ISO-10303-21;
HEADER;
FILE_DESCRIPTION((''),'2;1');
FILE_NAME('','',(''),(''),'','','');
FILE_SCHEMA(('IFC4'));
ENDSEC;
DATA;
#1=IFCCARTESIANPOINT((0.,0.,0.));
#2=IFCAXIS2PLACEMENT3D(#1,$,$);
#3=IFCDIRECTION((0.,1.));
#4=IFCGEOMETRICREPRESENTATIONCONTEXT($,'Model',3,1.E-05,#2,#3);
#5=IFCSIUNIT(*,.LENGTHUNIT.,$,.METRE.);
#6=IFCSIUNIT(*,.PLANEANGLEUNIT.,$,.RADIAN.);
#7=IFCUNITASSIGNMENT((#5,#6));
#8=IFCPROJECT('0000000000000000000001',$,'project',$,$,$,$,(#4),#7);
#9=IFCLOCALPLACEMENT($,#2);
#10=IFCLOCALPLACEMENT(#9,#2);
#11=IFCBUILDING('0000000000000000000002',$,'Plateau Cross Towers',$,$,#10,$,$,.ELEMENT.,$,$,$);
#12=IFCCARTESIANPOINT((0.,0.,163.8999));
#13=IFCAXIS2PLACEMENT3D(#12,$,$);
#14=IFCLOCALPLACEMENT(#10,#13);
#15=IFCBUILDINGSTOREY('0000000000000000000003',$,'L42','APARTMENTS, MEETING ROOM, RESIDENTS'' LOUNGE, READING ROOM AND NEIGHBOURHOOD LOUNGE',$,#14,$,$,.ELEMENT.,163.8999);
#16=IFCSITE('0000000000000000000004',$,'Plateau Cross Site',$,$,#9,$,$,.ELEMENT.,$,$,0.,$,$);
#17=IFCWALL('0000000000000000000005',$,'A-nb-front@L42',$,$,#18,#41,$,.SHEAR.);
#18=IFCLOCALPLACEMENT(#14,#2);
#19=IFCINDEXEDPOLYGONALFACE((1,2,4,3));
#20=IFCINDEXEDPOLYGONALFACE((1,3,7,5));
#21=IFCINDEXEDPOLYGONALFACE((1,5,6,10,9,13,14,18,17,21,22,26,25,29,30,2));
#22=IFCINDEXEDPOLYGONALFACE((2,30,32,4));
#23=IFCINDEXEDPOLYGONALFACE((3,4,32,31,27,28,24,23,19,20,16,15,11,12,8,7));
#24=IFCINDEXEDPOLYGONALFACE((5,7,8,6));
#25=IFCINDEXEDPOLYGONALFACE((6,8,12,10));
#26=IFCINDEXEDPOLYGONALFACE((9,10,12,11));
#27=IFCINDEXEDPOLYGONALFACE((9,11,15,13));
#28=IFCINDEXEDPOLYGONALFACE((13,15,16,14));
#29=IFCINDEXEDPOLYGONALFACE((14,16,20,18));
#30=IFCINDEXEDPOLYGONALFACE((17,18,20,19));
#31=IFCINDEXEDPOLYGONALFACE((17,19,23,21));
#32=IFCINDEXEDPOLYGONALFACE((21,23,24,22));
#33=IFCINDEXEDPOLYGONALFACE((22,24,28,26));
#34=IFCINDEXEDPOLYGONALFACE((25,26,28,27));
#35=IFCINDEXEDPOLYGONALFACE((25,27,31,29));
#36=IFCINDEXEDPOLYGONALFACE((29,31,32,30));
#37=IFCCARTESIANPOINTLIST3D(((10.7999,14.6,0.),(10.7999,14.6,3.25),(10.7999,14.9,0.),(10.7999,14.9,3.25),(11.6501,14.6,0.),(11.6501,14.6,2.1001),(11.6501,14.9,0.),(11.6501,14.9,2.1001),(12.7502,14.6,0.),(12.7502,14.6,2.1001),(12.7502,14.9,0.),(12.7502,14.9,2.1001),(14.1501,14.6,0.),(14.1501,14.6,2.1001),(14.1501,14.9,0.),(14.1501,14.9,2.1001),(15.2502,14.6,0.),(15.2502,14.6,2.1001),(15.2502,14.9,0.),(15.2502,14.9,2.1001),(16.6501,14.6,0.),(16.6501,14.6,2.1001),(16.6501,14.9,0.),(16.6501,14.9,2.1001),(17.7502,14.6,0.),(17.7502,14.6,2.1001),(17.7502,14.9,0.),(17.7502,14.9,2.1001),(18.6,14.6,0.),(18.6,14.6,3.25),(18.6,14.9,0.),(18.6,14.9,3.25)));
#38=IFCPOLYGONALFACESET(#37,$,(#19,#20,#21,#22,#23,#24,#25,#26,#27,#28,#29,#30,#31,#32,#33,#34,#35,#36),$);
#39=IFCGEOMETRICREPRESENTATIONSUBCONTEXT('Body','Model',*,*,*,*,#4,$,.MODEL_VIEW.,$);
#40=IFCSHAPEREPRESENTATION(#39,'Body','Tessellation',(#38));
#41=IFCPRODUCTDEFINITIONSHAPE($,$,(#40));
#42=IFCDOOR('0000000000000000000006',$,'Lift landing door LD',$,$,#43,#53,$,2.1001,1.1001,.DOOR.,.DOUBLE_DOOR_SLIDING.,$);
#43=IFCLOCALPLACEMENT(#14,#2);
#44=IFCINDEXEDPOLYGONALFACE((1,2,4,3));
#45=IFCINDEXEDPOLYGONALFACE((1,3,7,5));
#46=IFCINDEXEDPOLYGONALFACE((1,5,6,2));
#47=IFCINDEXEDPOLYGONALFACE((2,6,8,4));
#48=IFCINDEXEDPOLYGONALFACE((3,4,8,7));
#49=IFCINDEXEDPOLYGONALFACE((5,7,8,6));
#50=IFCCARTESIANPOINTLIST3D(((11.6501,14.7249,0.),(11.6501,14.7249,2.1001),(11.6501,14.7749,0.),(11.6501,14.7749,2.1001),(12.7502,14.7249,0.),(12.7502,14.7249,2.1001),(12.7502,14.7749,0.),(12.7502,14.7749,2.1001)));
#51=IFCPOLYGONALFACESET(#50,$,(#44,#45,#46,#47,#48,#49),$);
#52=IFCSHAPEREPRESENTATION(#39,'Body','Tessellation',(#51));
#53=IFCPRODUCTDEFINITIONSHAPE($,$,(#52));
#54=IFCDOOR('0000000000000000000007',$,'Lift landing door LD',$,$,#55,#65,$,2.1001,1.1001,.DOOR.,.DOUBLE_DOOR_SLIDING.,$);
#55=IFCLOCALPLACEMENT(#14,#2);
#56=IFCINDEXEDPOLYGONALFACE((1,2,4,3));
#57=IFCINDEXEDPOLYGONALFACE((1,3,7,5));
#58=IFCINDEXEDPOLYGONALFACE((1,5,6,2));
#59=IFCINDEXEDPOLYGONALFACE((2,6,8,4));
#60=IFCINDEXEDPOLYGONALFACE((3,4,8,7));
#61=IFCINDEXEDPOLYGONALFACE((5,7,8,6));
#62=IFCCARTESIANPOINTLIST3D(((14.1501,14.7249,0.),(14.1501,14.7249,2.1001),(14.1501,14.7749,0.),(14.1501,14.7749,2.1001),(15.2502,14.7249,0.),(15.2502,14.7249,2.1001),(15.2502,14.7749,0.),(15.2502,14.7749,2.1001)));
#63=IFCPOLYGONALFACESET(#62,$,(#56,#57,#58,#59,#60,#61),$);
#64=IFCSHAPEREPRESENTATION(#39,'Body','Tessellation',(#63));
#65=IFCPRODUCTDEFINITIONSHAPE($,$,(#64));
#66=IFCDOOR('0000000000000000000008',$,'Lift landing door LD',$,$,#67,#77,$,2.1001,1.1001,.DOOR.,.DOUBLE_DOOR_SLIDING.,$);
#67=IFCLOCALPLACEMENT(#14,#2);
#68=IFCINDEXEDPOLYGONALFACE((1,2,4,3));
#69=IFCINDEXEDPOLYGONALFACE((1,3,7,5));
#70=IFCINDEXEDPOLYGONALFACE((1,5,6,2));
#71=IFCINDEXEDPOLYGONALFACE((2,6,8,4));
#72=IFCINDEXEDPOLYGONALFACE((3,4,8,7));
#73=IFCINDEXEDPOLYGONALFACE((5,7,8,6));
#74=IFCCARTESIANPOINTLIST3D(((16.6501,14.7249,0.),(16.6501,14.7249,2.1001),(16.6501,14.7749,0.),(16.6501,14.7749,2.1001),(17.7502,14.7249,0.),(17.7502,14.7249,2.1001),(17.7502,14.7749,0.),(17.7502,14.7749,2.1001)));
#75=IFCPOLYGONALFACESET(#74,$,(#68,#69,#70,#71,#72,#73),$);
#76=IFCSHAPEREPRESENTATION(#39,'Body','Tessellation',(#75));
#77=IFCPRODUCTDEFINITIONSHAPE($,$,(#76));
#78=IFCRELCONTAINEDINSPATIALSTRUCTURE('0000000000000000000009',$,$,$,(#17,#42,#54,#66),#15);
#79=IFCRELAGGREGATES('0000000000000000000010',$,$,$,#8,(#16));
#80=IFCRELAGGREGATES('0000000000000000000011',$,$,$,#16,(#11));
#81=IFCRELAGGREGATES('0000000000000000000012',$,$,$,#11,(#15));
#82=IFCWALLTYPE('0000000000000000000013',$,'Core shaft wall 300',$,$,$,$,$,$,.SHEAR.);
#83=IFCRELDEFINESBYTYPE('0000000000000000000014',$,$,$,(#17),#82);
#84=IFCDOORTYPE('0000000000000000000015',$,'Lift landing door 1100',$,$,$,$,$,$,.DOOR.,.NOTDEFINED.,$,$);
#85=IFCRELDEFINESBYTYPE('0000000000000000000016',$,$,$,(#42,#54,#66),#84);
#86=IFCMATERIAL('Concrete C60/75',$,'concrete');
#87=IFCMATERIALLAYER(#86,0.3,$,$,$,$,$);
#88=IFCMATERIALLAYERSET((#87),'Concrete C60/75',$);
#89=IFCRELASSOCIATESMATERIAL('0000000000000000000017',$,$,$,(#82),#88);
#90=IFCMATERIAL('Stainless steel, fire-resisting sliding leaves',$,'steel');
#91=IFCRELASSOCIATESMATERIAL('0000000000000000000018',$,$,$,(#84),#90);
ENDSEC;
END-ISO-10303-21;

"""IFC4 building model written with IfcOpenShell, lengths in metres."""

from ifc_helpers import new_model, si_unit, direction, frame, frame_2d, origin, place, context, subcontext, project, spatial, rectangle, extrude, material, layer, layer_set, type_object, element, fill, save


model = new_model("IFC4")

# Units and contexts
model_context = context("Model", 3, precision=1e-05, world=origin(), true_north=direction((0.0, 1.0)))
body_context = subcontext(model_context, "Body", "Model", "MODEL_VIEW")
ifc_project = project(units=[si_unit("LENGTHUNIT", "METRE"), si_unit("PLANEANGLEUNIT", "RADIAN")], contexts=[model_context])

# Site, building, storey
site_placement = place(None, origin())
site = spatial("IfcSite", under=ifc_project, at=site_placement, Name="Plateau Cross Site", CompositionType="ELEMENT", RefElevation=0.0)
building_placement = place(site_placement, origin())
building = spatial("IfcBuilding", under=site, at=building_placement, Name="Plateau Cross Towers", CompositionType="ELEMENT")
storey_placement = place(building_placement, frame((0.0, 0.0, 163.8999)))
storey = spatial("IfcBuildingStorey", under=building, at=storey_placement, Name="L42", Description="APARTMENTS, MEETING ROOM, RESIDENTS' LOUNGE, READING ROOM AND NEIGHBOURHOOD LOUNGE", CompositionType="ELEMENT", Elevation=163.8999)

# Wall, openings, doors
ifc_material_1 = material(Name="Concrete C60/75", Category="concrete")
ifc_layer_1 = layer(ifc_material_1, 0.3)
ifc_layer_set_1 = layer_set([ifc_layer_1], Name="Concrete C60/75")
wall_type_1 = type_object("IfcWallType", Name="Core shaft wall 300", PredefinedType="SHEAR", material=ifc_layer_set_1)
wall_1_placement = place(storey_placement, frame((10.8, 14.75, 0.0), z_axis=(0.0, 0.0, 1.0), x_axis=(1.0, 0.0, 0.0)))
wall_1 = element("IfcWall", 1, at=wall_1_placement, inside=storey, type_object=wall_type_1, Name="A-nb-front@L42", PredefinedType="SHEAR", context=body_context, shape_type="SweptSolid", body=[
    extrude(rectangle(XDim=7.8, YDim=0.3, at=frame_2d((3.8999, 0.0))), origin(), (0.0, 0.0, 1.0), 3.25),
])
opening_1_placement = place(wall_1_placement, frame((0.8501, 0.0, 0.0)))
opening_1 = element("IfcOpeningElement", 2, at=opening_1_placement, cuts=wall_1, PredefinedType="OPENING", context=body_context, shape_type="SweptSolid", body=[
    extrude(rectangle(XDim=1.1001, YDim=2.1001, at=frame_2d((0.55, 1.05))), frame((0.0, 0.1599, 0.0), z_axis=(0.0, -1.0, 0.0), x_axis=(1.0, 0.0, 0.0)), (0.0, 0.0, 1.0), 0.3201),
])
opening_2_placement = place(wall_1_placement, frame((3.3501, 0.0, 0.0)))
opening_2 = element("IfcOpeningElement", 3, at=opening_2_placement, cuts=wall_1, PredefinedType="OPENING", context=body_context, shape_type="SweptSolid", body=[
    extrude(rectangle(XDim=1.1001, YDim=2.1001, at=frame_2d((0.55, 1.05))), frame((0.0, 0.1599, 0.0), z_axis=(0.0, -1.0, 0.0), x_axis=(1.0, 0.0, 0.0)), (0.0, 0.0, 1.0), 0.3201),
])
opening_3_placement = place(wall_1_placement, frame((5.8501, 0.0, 0.0)))
opening_3 = element("IfcOpeningElement", 4, at=opening_3_placement, cuts=wall_1, PredefinedType="OPENING", context=body_context, shape_type="SweptSolid", body=[
    extrude(rectangle(XDim=1.1001, YDim=2.1001, at=frame_2d((0.55, 1.05))), frame((0.0, 0.1599, 0.0), z_axis=(0.0, -1.0, 0.0), x_axis=(1.0, 0.0, 0.0)), (0.0, 0.0, 1.0), 0.3201),
])
ifc_material_2 = material(Name="Stainless steel, fire-resisting sliding leaves", Category="steel")
door_type_1 = type_object("IfcDoorType", Name="Lift landing door 1100", OperationType="NOTDEFINED", PredefinedType="DOOR", material=ifc_material_2)
door_1_placement = place(opening_1_placement, origin())
door_1 = element("IfcDoor", 5, at=door_1_placement, inside=storey, type_object=door_type_1, Name="Lift landing door LD", OperationType="DOUBLE_DOOR_SLIDING", OverallHeight=2.1001, OverallWidth=1.1001, PredefinedType="DOOR", context=body_context, shape_type="SweptSolid", body=[
    extrude(rectangle(XDim=1.1001, YDim=2.1001, at=frame_2d((0.55, 1.05))), frame((0.0, 0.0249, 0.0), z_axis=(0.0, -1.0, 0.0), x_axis=(1.0, 0.0, 0.0)), (0.0, 0.0, 1.0), 0.05),
])
fill(opening_1, door_1)
door_2_placement = place(opening_2_placement, origin())
door_2 = element("IfcDoor", 6, at=door_2_placement, inside=storey, type_object=door_type_1, Name="Lift landing door LD", OperationType="DOUBLE_DOOR_SLIDING", OverallHeight=2.1001, OverallWidth=1.1001, PredefinedType="DOOR", context=body_context, shape_type="SweptSolid", body=[
    extrude(rectangle(XDim=1.1001, YDim=2.1001, at=frame_2d((0.55, 1.05))), frame((0.0, 0.0249, 0.0), z_axis=(0.0, -1.0, 0.0), x_axis=(1.0, 0.0, 0.0)), (0.0, 0.0, 1.0), 0.05),
])
fill(opening_2, door_2)
door_3_placement = place(opening_3_placement, origin())
door_3 = element("IfcDoor", 7, at=door_3_placement, inside=storey, type_object=door_type_1, Name="Lift landing door LD", OperationType="DOUBLE_DOOR_SLIDING", OverallHeight=2.1001, OverallWidth=1.1001, PredefinedType="DOOR", context=body_context, shape_type="SweptSolid", body=[
    extrude(rectangle(XDim=1.1001, YDim=2.1001, at=frame_2d((0.55, 1.05))), frame((0.0, 0.0249, 0.0), z_axis=(0.0, -1.0, 0.0), x_axis=(1.0, 0.0, 0.0)), (0.0, 0.0, 1.0), 0.05),
])
fill(opening_3, door_3)

save(model, "model.ifc")
